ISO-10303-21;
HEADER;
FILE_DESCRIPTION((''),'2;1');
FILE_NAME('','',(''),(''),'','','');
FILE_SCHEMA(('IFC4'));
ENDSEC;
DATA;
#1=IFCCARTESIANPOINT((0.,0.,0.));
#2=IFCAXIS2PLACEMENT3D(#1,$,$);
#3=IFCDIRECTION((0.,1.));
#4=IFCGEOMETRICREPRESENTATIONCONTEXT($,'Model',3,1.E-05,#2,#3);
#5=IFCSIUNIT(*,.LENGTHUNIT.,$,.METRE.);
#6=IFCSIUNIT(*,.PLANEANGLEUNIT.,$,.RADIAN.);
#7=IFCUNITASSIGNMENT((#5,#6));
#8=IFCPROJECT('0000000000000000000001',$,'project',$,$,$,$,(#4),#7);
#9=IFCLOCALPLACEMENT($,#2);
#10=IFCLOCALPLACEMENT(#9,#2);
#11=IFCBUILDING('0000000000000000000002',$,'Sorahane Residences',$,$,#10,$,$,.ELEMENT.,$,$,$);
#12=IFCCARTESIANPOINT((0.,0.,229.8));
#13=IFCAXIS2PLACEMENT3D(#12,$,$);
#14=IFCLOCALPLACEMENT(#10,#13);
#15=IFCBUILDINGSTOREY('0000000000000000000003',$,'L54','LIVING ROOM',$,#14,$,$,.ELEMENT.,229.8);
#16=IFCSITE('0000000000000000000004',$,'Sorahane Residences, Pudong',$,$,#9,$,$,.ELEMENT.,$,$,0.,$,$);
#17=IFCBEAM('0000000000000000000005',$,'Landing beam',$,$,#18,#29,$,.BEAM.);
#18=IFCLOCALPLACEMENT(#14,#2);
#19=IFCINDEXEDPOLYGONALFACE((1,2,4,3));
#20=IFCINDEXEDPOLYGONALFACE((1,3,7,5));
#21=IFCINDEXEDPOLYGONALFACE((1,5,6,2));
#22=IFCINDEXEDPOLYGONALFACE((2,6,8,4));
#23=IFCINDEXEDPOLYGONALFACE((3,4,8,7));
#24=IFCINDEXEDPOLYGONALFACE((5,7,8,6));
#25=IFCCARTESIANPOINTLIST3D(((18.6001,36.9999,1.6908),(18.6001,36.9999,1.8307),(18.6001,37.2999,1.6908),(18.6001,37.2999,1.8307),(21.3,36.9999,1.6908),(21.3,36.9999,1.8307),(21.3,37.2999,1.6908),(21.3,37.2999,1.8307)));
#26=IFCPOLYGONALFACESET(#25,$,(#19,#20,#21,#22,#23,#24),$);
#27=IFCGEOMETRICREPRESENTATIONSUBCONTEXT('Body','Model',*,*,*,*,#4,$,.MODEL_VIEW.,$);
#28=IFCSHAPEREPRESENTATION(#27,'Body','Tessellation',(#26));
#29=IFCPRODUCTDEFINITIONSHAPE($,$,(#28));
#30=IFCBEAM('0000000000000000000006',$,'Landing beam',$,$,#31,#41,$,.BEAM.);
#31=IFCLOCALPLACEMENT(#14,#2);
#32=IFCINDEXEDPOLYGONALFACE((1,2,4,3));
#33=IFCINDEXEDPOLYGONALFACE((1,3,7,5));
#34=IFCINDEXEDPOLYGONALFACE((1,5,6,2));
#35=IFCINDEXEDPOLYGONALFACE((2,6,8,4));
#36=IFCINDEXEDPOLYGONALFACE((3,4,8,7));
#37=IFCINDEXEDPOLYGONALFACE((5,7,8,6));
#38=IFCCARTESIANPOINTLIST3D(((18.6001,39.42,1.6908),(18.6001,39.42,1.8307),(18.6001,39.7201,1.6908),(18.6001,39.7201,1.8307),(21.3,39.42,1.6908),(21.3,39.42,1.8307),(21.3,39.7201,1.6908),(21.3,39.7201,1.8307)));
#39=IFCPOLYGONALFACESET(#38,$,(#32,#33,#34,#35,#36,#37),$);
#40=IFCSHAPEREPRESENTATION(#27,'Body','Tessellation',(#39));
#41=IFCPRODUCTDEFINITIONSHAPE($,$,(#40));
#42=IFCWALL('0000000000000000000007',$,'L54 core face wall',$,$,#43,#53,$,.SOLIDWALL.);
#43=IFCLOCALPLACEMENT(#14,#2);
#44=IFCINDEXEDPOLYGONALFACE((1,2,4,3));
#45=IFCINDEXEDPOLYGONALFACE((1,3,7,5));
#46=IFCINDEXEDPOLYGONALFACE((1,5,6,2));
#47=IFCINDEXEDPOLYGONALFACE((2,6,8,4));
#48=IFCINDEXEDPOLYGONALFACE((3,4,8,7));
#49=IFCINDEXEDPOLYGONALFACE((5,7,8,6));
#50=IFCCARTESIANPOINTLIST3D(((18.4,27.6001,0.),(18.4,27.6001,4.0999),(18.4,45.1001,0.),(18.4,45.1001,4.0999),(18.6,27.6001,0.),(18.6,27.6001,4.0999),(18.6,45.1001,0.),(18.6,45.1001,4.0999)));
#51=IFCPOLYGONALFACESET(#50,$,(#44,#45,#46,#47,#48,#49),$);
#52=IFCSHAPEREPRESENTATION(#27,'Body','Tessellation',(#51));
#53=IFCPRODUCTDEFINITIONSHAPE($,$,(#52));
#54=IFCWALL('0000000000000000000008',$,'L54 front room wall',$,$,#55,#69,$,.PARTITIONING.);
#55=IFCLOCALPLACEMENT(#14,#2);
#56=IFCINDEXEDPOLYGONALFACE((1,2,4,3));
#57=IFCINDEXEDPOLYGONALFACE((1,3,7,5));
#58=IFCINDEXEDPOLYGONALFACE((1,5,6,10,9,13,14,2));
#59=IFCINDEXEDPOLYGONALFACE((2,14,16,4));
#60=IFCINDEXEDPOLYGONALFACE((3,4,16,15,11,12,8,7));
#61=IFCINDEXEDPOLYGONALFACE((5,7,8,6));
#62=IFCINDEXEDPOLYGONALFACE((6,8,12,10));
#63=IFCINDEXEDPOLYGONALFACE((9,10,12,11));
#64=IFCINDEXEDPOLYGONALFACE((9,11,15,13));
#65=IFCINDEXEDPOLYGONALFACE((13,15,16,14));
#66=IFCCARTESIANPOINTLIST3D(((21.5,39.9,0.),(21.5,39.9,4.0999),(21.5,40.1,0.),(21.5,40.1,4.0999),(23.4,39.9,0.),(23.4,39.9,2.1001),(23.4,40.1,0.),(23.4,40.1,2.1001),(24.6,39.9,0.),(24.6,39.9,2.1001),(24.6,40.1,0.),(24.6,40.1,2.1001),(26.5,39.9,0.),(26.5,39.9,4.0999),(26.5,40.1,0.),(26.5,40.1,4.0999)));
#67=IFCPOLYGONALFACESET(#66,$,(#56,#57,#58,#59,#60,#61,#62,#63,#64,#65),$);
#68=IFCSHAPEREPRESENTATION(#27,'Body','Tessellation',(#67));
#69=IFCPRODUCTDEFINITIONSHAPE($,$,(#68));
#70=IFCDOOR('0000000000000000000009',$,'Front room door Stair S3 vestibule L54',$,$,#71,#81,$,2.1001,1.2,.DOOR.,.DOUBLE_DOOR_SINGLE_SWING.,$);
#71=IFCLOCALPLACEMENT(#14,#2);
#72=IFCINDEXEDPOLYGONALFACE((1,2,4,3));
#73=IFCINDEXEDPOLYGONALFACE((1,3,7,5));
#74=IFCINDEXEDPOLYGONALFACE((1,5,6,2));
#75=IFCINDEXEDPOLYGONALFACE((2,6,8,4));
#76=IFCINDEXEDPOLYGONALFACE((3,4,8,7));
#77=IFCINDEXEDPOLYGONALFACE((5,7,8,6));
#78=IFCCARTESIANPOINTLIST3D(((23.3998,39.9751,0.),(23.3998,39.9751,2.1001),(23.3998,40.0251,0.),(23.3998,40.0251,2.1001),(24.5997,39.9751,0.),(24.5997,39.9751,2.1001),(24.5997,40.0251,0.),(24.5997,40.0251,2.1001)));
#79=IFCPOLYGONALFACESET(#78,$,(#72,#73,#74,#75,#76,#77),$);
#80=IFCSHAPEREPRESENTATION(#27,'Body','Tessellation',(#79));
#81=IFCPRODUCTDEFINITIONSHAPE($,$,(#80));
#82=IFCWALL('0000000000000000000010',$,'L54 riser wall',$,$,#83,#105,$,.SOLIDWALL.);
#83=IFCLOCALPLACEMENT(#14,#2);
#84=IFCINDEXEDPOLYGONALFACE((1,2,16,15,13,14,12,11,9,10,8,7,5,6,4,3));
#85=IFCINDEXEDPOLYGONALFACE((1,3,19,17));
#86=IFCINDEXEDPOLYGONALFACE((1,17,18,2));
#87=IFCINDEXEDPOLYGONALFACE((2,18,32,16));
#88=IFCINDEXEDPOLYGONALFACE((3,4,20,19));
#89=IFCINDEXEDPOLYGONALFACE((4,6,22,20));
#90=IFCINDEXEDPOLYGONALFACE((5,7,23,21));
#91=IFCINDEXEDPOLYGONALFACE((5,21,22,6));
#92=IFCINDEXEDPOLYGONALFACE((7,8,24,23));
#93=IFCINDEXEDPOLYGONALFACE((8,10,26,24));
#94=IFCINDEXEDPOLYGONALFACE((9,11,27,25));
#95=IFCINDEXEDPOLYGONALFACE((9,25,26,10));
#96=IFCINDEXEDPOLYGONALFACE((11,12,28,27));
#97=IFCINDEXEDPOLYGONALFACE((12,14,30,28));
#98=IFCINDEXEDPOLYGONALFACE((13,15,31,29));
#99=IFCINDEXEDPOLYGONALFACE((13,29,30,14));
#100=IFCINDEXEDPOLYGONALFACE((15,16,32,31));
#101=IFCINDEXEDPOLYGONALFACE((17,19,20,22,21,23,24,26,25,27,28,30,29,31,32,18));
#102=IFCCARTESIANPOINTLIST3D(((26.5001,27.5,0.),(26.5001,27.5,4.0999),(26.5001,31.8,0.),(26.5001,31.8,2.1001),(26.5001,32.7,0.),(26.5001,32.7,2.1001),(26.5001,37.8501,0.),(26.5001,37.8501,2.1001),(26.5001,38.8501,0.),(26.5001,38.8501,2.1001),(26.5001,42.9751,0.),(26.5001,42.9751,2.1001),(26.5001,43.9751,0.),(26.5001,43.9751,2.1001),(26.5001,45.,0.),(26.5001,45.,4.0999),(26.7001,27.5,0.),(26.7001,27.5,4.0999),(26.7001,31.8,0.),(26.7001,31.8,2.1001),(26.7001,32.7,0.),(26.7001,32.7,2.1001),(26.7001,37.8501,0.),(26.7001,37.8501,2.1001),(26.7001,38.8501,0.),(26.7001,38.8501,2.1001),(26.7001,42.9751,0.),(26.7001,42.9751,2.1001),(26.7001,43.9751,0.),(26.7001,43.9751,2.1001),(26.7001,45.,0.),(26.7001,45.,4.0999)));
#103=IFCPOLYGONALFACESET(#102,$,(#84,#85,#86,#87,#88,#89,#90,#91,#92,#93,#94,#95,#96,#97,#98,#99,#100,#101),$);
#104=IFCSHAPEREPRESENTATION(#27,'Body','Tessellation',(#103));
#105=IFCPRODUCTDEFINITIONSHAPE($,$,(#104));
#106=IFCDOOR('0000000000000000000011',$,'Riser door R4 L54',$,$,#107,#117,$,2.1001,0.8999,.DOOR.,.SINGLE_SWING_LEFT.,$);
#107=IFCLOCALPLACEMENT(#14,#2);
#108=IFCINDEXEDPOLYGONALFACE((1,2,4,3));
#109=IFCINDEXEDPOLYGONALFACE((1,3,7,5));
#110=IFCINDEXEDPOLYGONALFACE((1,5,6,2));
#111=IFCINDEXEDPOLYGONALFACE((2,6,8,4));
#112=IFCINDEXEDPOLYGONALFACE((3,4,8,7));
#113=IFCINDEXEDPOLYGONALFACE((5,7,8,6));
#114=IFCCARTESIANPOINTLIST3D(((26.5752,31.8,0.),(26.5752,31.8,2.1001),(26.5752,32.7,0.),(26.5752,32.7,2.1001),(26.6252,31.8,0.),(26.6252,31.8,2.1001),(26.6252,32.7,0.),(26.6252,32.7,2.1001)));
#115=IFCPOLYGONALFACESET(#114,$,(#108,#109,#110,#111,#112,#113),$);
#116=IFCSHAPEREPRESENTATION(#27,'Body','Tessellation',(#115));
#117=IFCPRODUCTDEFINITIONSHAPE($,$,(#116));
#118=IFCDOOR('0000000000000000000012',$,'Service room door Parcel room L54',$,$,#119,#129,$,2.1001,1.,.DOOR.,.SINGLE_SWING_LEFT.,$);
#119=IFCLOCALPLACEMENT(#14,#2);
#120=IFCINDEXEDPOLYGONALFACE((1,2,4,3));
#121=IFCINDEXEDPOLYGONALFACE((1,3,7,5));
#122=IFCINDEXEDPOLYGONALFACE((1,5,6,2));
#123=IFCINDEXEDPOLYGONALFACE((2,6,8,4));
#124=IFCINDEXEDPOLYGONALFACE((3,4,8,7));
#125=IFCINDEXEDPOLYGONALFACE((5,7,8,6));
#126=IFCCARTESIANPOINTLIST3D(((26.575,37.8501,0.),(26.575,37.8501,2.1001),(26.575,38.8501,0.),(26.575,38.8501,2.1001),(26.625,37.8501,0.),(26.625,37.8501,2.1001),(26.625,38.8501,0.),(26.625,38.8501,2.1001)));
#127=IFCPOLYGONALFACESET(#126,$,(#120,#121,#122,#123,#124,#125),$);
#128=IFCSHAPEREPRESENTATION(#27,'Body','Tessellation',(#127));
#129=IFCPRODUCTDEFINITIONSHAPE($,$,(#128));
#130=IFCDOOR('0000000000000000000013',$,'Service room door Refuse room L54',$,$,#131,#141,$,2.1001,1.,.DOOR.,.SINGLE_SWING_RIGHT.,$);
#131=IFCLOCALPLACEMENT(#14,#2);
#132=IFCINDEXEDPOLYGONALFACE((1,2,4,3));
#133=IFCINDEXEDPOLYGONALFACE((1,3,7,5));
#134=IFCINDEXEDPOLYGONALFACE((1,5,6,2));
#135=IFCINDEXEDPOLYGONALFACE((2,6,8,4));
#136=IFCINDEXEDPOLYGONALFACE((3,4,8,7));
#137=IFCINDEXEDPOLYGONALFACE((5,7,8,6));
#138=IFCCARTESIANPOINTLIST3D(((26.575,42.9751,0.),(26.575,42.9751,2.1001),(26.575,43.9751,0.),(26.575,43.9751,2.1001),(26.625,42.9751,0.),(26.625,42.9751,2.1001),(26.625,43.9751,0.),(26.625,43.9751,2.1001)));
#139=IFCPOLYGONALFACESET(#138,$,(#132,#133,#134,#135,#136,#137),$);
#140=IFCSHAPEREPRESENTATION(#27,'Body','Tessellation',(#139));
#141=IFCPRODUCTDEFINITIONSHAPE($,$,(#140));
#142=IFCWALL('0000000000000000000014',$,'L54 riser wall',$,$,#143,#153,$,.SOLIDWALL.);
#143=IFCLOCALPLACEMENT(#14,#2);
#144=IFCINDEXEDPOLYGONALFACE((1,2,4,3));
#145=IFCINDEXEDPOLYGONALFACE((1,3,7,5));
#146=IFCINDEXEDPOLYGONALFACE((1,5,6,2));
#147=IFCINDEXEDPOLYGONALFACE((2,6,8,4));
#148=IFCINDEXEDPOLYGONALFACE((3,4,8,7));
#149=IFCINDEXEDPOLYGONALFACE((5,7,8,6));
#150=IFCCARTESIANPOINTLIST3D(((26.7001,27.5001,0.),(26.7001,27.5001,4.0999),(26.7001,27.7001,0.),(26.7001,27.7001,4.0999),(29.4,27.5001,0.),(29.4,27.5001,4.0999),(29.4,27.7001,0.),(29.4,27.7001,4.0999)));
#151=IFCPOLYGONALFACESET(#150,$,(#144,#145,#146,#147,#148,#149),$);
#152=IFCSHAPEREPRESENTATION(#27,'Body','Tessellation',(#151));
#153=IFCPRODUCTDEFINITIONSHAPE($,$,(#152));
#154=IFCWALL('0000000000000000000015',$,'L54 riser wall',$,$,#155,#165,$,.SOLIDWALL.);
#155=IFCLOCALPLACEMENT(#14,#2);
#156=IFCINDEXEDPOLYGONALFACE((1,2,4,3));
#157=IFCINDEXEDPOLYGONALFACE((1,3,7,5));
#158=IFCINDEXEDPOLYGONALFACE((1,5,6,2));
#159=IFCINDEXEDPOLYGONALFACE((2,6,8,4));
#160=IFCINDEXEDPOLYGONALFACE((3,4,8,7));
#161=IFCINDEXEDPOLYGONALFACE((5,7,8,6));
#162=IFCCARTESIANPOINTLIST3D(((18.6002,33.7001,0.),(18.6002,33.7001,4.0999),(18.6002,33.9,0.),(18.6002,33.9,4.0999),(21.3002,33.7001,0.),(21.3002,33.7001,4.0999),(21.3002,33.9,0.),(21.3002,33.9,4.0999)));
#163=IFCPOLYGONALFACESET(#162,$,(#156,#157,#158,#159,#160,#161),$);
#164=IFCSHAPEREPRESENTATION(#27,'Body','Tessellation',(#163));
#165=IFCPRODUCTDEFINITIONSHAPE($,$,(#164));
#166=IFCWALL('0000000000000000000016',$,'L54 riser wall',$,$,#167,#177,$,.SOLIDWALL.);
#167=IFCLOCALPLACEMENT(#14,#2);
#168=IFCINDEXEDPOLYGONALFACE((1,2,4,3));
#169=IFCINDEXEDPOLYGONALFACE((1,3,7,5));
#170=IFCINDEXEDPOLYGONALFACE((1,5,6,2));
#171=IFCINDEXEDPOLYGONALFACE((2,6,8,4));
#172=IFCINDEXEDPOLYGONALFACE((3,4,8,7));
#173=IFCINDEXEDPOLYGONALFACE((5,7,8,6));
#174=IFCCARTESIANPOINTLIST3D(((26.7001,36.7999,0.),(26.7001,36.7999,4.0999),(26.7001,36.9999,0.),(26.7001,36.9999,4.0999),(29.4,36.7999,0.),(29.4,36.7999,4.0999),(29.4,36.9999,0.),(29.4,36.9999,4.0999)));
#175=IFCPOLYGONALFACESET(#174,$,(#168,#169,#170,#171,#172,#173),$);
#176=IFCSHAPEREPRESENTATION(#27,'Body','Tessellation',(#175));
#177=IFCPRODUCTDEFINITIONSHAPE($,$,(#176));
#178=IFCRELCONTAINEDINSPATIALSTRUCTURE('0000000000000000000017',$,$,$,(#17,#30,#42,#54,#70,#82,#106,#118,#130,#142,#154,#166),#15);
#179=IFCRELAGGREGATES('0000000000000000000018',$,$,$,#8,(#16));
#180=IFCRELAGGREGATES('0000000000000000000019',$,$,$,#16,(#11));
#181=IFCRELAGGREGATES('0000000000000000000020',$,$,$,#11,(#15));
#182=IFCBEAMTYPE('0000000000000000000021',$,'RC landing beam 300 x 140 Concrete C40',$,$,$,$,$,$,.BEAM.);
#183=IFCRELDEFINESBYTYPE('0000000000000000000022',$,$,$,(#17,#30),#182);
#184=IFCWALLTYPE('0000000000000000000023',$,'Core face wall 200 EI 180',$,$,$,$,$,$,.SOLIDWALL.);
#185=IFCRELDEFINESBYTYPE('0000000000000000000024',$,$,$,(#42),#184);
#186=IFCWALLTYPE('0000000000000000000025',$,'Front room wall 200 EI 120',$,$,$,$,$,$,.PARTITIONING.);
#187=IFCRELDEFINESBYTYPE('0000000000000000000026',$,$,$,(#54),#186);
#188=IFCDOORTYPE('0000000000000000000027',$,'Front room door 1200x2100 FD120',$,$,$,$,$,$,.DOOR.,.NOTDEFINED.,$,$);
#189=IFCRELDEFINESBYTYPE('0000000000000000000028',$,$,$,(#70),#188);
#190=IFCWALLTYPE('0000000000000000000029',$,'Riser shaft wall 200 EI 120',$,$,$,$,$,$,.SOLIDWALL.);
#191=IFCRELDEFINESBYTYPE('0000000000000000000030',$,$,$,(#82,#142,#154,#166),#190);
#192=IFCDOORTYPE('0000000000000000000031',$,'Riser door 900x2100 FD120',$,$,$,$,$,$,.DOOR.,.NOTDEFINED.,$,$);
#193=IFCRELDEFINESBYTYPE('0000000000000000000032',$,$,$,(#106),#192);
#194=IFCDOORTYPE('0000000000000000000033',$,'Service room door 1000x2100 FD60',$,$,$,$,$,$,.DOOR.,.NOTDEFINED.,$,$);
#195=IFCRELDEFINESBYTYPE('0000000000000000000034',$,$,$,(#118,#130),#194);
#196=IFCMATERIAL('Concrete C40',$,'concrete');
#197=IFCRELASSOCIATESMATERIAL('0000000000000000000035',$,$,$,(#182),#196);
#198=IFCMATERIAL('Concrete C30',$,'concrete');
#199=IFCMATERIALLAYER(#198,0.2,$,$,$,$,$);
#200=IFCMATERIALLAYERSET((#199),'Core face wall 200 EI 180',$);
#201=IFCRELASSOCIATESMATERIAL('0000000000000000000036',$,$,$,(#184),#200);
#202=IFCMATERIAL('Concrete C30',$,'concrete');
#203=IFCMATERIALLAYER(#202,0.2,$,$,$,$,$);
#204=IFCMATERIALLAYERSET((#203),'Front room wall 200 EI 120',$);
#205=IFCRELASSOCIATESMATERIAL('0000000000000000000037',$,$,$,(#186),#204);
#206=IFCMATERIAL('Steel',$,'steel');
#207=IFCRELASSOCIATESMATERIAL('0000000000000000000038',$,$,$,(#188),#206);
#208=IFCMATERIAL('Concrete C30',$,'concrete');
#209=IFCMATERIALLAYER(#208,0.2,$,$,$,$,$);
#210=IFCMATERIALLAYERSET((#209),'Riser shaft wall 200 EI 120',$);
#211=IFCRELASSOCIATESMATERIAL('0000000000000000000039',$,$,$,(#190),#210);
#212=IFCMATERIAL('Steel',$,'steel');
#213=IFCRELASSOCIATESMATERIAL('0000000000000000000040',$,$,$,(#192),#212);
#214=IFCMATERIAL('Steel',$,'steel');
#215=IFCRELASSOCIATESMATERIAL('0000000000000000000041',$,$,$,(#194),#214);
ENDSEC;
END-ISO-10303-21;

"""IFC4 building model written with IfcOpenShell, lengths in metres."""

from ifc_helpers import new_model, si_unit, direction, frame, frame_2d, origin, origin_2d, place, context, subcontext, project, spatial, rectangle, extrude, material, layer, layer_set, material_profile, profile_set, type_object, element, fill, save


model = new_model("IFC4")

# Units and contexts
model_context = context("Model", 3, precision=1e-05, world=origin(), true_north=direction((0.0, 1.0)))
body_context = subcontext(model_context, "Body", "Model", "MODEL_VIEW")
ifc_project = project(units=[si_unit("LENGTHUNIT", "METRE"), si_unit("PLANEANGLEUNIT", "RADIAN")], contexts=[model_context])

# Site, building, storey
site_placement = place(None, origin())
site = spatial("IfcSite", under=ifc_project, at=site_placement, Name="Sorahane Residences, Pudong", CompositionType="ELEMENT", RefElevation=0.0)
building_placement = place(site_placement, origin())
building = spatial("IfcBuilding", under=site, at=building_placement, Name="Sorahane Residences", CompositionType="ELEMENT")
storey_placement = place(building_placement, frame((0.0, 0.0, 229.8)))
storey = spatial("IfcBuildingStorey", under=building, at=storey_placement, Name="L54", Description="LIVING ROOM", CompositionType="ELEMENT", Elevation=229.8)

# Beams
ifc_material_1 = material(Name="Concrete C40", Category="concrete")
ifc_material_profile = material_profile(ifc_material_1, rectangle(XDim=0.3, YDim=0.1399, at=origin_2d()), Name="300x140")
ifc_profile_set = profile_set([ifc_material_profile], Name="Concrete C40")
beam_type = type_object("IfcBeamType", Name="RC landing beam 300 x 140 Concrete C40", PredefinedType="BEAM", material=ifc_profile_set)
for number, where, z_axis, x_axis, name in (
    (1, (18.6001, 37.1499, 1.7607), (1.0, 0.0, 0.0), (0.0, 1.0, 0.0), "Landing beam"),
    (2, (18.6001, 39.5701, 1.7607), (1.0, 0.0, 0.0), (0.0, 1.0, 0.0), "Landing beam"),
):
    element("IfcBeam", number, at=place(storey_placement, frame(where, z_axis=z_axis, x_axis=x_axis)), inside=storey, type_object=beam_type, Name=name, PredefinedType="BEAM", context=body_context, shape_type="SweptSolid", body=[
        extrude(rectangle(XDim=0.3, YDim=0.1399, at=origin_2d()), origin(), (0.0, 0.0, 1.0), 2.7),
    ])

# Wall
ifc_material_2 = material(Name="Concrete C30", Category="concrete")
ifc_layer_1 = layer(ifc_material_2, 0.2)
ifc_layer_set_1 = layer_set([ifc_layer_1], Name="Core face wall 200 EI 180")
wall_type_1 = type_object("IfcWallType", Name="Core face wall 200 EI 180", PredefinedType="SOLIDWALL", material=ifc_layer_set_1)
wall_1_placement = place(storey_placement, frame((18.5, 27.6001, 0.0), z_axis=(0.0, 0.0, 1.0), x_axis=(0.0, 1.0, 0.0)))
element("IfcWall", 3, at=wall_1_placement, inside=storey, type_object=wall_type_1, Name="L54 core face wall", PredefinedType="SOLIDWALL", context=body_context, shape_type="SweptSolid", body=[
    extrude(rectangle(XDim=17.5, YDim=0.2, at=frame_2d((8.75, 0.0))), origin(), (0.0, 0.0, 1.0), 4.0999),
])

# Wall, opening, door
ifc_material_3 = material(Name="Concrete C30", Category="concrete")
ifc_layer_2 = layer(ifc_material_3, 0.2)
ifc_layer_set_2 = layer_set([ifc_layer_2], Name="Front room wall 200 EI 120")
wall_type_2 = type_object("IfcWallType", Name="Front room wall 200 EI 120", PredefinedType="PARTITIONING", material=ifc_layer_set_2)
wall_2_placement = place(storey_placement, frame((21.5, 40.0, 0.0), z_axis=(0.0, 0.0, 1.0), x_axis=(1.0, 0.0, 0.0)))
wall_2 = element("IfcWall", 4, at=wall_2_placement, inside=storey, type_object=wall_type_2, Name="L54 front room wall", PredefinedType="PARTITIONING", context=body_context, shape_type="SweptSolid", body=[
    extrude(rectangle(XDim=5.0, YDim=0.2, at=frame_2d((2.5, 0.0))), origin(), (0.0, 0.0, 1.0), 4.0999),
])
opening_1_placement = place(wall_2_placement, frame((1.8999, 0.0, 0.0)))
opening_1 = element("IfcOpeningElement", 5, at=opening_1_placement, cuts=wall_2, PredefinedType="OPENING", context=body_context, shape_type="SweptSolid", body=[
    extrude(rectangle(XDim=1.2, YDim=2.1001, at=frame_2d((0.6001, 1.05))), frame((0.0, 0.1099, 0.0), z_axis=(0.0, -1.0, 0.0), x_axis=(1.0, 0.0, 0.0)), (0.0, 0.0, 1.0), 0.22),
])
ifc_material_4 = material(Name="Steel", Category="steel")
door_type_1 = type_object("IfcDoorType", Name="Front room door 1200x2100 FD120", OperationType="NOTDEFINED", PredefinedType="DOOR", material=ifc_material_4)
door_1_placement = place(opening_1_placement, frame((1.2, 0.0, 0.0), z_axis=(0.0, 0.0, 1.0), x_axis=(-1.0, 0.0, 0.0)))
door_1 = element("IfcDoor", 6, at=door_1_placement, inside=storey, type_object=door_type_1, Name="Front room door Stair S3 vestibule L54", OperationType="DOUBLE_DOOR_SINGLE_SWING", OverallHeight=2.1001, OverallWidth=1.2, PredefinedType="DOOR", context=body_context, shape_type="SweptSolid", body=[
    extrude(rectangle(XDim=1.2, YDim=2.1001, at=frame_2d((0.6001, 1.05))), frame((0.0, 0.0249, 0.0), z_axis=(0.0, -1.0, 0.0), x_axis=(1.0, 0.0, 0.0)), (0.0, 0.0, 1.0), 0.05),
])
fill(opening_1, door_1)

# Wall, openings, doors
ifc_material_5 = material(Name="Concrete C30", Category="concrete")
ifc_layer_3 = layer(ifc_material_5, 0.2)
ifc_layer_set_3 = layer_set([ifc_layer_3], Name="Riser shaft wall 200 EI 120")
wall_type_3 = type_object("IfcWallType", Name="Riser shaft wall 200 EI 120", PredefinedType="SOLIDWALL", material=ifc_layer_set_3)
wall_3_placement = place(storey_placement, frame((26.6001, 27.5, 0.0), z_axis=(0.0, 0.0, 1.0), x_axis=(0.0, 1.0, 0.0)))
wall_3 = element("IfcWall", 7, at=wall_3_placement, inside=storey, type_object=wall_type_3, Name="L54 riser wall", PredefinedType="SOLIDWALL", context=body_context, shape_type="SweptSolid", body=[
    extrude(rectangle(XDim=17.5, YDim=0.2, at=frame_2d((8.75, 0.0))), origin(), (0.0, 0.0, 1.0), 4.0999),
])
opening_2_placement = place(wall_3_placement, frame((4.3, 0.0, 0.0)))
opening_2 = element("IfcOpeningElement", 8, at=opening_2_placement, cuts=wall_3, PredefinedType="OPENING", context=body_context, shape_type="SweptSolid", body=[
    extrude(rectangle(XDim=0.8999, YDim=2.1001, at=frame_2d((0.45, 1.05))), frame((0.0, 0.1099, 0.0), z_axis=(0.0, -1.0, 0.0), x_axis=(1.0, 0.0, 0.0)), (0.0, 0.0, 1.0), 0.22),
])
opening_3_placement = place(wall_3_placement, frame((10.3501, 0.0, 0.0)))
opening_3 = element("IfcOpeningElement", 9, at=opening_3_placement, cuts=wall_3, PredefinedType="OPENING", context=body_context, shape_type="SweptSolid", body=[
    extrude(rectangle(XDim=1.0, YDim=2.1001, at=frame_2d((0.5, 1.05))), frame((0.0, 0.1099, 0.0), z_axis=(0.0, -1.0, 0.0), x_axis=(1.0, 0.0, 0.0)), (0.0, 0.0, 1.0), 0.22),
])
opening_4_placement = place(wall_3_placement, frame((15.4751, 0.0, 0.0)))
opening_4 = element("IfcOpeningElement", 10, at=opening_4_placement, cuts=wall_3, PredefinedType="OPENING", context=body_context, shape_type="SweptSolid", body=[
    extrude(rectangle(XDim=1.0, YDim=2.1001, at=frame_2d((0.5, 1.05))), frame((0.0, 0.1099, 0.0), z_axis=(0.0, -1.0, 0.0), x_axis=(1.0, 0.0, 0.0)), (0.0, 0.0, 1.0), 0.22),
])
ifc_material_6 = material(Name="Steel", Category="steel")
door_type_2 = type_object("IfcDoorType", Name="Riser door 900x2100 FD120", OperationType="NOTDEFINED", PredefinedType="DOOR", material=ifc_material_6)
door_2_placement = place(opening_2_placement, origin())
door_2 = element("IfcDoor", 11, at=door_2_placement, inside=storey, type_object=door_type_2, Name="Riser door R4 L54", OperationType="SINGLE_SWING_LEFT", OverallHeight=2.1001, OverallWidth=0.8999, PredefinedType="DOOR", context=body_context, shape_type="SweptSolid", body=[
    extrude(rectangle(XDim=0.8999, YDim=2.1001, at=frame_2d((0.45, 1.05))), frame((0.0, 0.0249, 0.0), z_axis=(0.0, -1.0, 0.0), x_axis=(1.0, 0.0, 0.0)), (0.0, 0.0, 1.0), 0.05),
])
fill(opening_2, door_2)
ifc_material_7 = material(Name="Steel", Category="steel")
door_type_3 = type_object("IfcDoorType", Name="Service room door 1000x2100 FD60", OperationType="NOTDEFINED", PredefinedType="DOOR", material=ifc_material_7)
door_3_placement = place(opening_3_placement, frame((1.0, 0.0, 0.0), z_axis=(0.0, 0.0, 1.0), x_axis=(-1.0, 0.0, 0.0)))
door_3 = element("IfcDoor", 12, at=door_3_placement, inside=storey, type_object=door_type_3, Name="Service room door Parcel room L54", OperationType="SINGLE_SWING_LEFT", OverallHeight=2.1001, OverallWidth=1.0, PredefinedType="DOOR", context=body_context, shape_type="SweptSolid", body=[
    extrude(rectangle(XDim=1.0, YDim=2.1001, at=frame_2d((0.5, 1.05))), frame((0.0, 0.0249, 0.0), z_axis=(0.0, -1.0, 0.0), x_axis=(1.0, 0.0, 0.0)), (0.0, 0.0, 1.0), 0.05),
])
fill(opening_3, door_3)
door_4_placement = place(opening_4_placement, frame((1.0, 0.0, 0.0), z_axis=(0.0, 0.0, 1.0), x_axis=(-1.0, 0.0, 0.0)))
door_4 = element("IfcDoor", 13, at=door_4_placement, inside=storey, type_object=door_type_3, Name="Service room door Refuse room L54", OperationType="SINGLE_SWING_RIGHT", OverallHeight=2.1001, OverallWidth=1.0, PredefinedType="DOOR", context=body_context, shape_type="SweptSolid", body=[
    extrude(rectangle(XDim=1.0, YDim=2.1001, at=frame_2d((0.5, 1.05))), frame((0.0, 0.0249, 0.0), z_axis=(0.0, -1.0, 0.0), x_axis=(1.0, 0.0, 0.0)), (0.0, 0.0, 1.0), 0.05),
])
fill(opening_4, door_4)

# Walls
for number, where, z_axis, x_axis, name in (
    (14, (26.7, 27.6001, 0.0), (0.0, 0.0, 1.0), (1.0, 0.0, 0.0), "L54 riser wall"),
    (15, (18.6001, 33.8, 0.0), (0.0, 0.0, 1.0), (1.0, 0.0, 0.0), "L54 riser wall"),
    (16, (26.7, 36.8999, 0.0), (0.0, 0.0, 1.0), (1.0, 0.0, 0.0), "L54 riser wall"),
):
    element("IfcWall", number, at=place(storey_placement, frame(where, z_axis=z_axis, x_axis=x_axis)), inside=storey, type_object=wall_type_3, Name=name, PredefinedType="SOLIDWALL", context=body_context, shape_type="SweptSolid", body=[
        extrude(rectangle(XDim=2.7, YDim=0.2, at=frame_2d((1.3501, 0.0))), origin(), (0.0, 0.0, 1.0), 4.0999),
    ])

save(model, "model.ifc")
